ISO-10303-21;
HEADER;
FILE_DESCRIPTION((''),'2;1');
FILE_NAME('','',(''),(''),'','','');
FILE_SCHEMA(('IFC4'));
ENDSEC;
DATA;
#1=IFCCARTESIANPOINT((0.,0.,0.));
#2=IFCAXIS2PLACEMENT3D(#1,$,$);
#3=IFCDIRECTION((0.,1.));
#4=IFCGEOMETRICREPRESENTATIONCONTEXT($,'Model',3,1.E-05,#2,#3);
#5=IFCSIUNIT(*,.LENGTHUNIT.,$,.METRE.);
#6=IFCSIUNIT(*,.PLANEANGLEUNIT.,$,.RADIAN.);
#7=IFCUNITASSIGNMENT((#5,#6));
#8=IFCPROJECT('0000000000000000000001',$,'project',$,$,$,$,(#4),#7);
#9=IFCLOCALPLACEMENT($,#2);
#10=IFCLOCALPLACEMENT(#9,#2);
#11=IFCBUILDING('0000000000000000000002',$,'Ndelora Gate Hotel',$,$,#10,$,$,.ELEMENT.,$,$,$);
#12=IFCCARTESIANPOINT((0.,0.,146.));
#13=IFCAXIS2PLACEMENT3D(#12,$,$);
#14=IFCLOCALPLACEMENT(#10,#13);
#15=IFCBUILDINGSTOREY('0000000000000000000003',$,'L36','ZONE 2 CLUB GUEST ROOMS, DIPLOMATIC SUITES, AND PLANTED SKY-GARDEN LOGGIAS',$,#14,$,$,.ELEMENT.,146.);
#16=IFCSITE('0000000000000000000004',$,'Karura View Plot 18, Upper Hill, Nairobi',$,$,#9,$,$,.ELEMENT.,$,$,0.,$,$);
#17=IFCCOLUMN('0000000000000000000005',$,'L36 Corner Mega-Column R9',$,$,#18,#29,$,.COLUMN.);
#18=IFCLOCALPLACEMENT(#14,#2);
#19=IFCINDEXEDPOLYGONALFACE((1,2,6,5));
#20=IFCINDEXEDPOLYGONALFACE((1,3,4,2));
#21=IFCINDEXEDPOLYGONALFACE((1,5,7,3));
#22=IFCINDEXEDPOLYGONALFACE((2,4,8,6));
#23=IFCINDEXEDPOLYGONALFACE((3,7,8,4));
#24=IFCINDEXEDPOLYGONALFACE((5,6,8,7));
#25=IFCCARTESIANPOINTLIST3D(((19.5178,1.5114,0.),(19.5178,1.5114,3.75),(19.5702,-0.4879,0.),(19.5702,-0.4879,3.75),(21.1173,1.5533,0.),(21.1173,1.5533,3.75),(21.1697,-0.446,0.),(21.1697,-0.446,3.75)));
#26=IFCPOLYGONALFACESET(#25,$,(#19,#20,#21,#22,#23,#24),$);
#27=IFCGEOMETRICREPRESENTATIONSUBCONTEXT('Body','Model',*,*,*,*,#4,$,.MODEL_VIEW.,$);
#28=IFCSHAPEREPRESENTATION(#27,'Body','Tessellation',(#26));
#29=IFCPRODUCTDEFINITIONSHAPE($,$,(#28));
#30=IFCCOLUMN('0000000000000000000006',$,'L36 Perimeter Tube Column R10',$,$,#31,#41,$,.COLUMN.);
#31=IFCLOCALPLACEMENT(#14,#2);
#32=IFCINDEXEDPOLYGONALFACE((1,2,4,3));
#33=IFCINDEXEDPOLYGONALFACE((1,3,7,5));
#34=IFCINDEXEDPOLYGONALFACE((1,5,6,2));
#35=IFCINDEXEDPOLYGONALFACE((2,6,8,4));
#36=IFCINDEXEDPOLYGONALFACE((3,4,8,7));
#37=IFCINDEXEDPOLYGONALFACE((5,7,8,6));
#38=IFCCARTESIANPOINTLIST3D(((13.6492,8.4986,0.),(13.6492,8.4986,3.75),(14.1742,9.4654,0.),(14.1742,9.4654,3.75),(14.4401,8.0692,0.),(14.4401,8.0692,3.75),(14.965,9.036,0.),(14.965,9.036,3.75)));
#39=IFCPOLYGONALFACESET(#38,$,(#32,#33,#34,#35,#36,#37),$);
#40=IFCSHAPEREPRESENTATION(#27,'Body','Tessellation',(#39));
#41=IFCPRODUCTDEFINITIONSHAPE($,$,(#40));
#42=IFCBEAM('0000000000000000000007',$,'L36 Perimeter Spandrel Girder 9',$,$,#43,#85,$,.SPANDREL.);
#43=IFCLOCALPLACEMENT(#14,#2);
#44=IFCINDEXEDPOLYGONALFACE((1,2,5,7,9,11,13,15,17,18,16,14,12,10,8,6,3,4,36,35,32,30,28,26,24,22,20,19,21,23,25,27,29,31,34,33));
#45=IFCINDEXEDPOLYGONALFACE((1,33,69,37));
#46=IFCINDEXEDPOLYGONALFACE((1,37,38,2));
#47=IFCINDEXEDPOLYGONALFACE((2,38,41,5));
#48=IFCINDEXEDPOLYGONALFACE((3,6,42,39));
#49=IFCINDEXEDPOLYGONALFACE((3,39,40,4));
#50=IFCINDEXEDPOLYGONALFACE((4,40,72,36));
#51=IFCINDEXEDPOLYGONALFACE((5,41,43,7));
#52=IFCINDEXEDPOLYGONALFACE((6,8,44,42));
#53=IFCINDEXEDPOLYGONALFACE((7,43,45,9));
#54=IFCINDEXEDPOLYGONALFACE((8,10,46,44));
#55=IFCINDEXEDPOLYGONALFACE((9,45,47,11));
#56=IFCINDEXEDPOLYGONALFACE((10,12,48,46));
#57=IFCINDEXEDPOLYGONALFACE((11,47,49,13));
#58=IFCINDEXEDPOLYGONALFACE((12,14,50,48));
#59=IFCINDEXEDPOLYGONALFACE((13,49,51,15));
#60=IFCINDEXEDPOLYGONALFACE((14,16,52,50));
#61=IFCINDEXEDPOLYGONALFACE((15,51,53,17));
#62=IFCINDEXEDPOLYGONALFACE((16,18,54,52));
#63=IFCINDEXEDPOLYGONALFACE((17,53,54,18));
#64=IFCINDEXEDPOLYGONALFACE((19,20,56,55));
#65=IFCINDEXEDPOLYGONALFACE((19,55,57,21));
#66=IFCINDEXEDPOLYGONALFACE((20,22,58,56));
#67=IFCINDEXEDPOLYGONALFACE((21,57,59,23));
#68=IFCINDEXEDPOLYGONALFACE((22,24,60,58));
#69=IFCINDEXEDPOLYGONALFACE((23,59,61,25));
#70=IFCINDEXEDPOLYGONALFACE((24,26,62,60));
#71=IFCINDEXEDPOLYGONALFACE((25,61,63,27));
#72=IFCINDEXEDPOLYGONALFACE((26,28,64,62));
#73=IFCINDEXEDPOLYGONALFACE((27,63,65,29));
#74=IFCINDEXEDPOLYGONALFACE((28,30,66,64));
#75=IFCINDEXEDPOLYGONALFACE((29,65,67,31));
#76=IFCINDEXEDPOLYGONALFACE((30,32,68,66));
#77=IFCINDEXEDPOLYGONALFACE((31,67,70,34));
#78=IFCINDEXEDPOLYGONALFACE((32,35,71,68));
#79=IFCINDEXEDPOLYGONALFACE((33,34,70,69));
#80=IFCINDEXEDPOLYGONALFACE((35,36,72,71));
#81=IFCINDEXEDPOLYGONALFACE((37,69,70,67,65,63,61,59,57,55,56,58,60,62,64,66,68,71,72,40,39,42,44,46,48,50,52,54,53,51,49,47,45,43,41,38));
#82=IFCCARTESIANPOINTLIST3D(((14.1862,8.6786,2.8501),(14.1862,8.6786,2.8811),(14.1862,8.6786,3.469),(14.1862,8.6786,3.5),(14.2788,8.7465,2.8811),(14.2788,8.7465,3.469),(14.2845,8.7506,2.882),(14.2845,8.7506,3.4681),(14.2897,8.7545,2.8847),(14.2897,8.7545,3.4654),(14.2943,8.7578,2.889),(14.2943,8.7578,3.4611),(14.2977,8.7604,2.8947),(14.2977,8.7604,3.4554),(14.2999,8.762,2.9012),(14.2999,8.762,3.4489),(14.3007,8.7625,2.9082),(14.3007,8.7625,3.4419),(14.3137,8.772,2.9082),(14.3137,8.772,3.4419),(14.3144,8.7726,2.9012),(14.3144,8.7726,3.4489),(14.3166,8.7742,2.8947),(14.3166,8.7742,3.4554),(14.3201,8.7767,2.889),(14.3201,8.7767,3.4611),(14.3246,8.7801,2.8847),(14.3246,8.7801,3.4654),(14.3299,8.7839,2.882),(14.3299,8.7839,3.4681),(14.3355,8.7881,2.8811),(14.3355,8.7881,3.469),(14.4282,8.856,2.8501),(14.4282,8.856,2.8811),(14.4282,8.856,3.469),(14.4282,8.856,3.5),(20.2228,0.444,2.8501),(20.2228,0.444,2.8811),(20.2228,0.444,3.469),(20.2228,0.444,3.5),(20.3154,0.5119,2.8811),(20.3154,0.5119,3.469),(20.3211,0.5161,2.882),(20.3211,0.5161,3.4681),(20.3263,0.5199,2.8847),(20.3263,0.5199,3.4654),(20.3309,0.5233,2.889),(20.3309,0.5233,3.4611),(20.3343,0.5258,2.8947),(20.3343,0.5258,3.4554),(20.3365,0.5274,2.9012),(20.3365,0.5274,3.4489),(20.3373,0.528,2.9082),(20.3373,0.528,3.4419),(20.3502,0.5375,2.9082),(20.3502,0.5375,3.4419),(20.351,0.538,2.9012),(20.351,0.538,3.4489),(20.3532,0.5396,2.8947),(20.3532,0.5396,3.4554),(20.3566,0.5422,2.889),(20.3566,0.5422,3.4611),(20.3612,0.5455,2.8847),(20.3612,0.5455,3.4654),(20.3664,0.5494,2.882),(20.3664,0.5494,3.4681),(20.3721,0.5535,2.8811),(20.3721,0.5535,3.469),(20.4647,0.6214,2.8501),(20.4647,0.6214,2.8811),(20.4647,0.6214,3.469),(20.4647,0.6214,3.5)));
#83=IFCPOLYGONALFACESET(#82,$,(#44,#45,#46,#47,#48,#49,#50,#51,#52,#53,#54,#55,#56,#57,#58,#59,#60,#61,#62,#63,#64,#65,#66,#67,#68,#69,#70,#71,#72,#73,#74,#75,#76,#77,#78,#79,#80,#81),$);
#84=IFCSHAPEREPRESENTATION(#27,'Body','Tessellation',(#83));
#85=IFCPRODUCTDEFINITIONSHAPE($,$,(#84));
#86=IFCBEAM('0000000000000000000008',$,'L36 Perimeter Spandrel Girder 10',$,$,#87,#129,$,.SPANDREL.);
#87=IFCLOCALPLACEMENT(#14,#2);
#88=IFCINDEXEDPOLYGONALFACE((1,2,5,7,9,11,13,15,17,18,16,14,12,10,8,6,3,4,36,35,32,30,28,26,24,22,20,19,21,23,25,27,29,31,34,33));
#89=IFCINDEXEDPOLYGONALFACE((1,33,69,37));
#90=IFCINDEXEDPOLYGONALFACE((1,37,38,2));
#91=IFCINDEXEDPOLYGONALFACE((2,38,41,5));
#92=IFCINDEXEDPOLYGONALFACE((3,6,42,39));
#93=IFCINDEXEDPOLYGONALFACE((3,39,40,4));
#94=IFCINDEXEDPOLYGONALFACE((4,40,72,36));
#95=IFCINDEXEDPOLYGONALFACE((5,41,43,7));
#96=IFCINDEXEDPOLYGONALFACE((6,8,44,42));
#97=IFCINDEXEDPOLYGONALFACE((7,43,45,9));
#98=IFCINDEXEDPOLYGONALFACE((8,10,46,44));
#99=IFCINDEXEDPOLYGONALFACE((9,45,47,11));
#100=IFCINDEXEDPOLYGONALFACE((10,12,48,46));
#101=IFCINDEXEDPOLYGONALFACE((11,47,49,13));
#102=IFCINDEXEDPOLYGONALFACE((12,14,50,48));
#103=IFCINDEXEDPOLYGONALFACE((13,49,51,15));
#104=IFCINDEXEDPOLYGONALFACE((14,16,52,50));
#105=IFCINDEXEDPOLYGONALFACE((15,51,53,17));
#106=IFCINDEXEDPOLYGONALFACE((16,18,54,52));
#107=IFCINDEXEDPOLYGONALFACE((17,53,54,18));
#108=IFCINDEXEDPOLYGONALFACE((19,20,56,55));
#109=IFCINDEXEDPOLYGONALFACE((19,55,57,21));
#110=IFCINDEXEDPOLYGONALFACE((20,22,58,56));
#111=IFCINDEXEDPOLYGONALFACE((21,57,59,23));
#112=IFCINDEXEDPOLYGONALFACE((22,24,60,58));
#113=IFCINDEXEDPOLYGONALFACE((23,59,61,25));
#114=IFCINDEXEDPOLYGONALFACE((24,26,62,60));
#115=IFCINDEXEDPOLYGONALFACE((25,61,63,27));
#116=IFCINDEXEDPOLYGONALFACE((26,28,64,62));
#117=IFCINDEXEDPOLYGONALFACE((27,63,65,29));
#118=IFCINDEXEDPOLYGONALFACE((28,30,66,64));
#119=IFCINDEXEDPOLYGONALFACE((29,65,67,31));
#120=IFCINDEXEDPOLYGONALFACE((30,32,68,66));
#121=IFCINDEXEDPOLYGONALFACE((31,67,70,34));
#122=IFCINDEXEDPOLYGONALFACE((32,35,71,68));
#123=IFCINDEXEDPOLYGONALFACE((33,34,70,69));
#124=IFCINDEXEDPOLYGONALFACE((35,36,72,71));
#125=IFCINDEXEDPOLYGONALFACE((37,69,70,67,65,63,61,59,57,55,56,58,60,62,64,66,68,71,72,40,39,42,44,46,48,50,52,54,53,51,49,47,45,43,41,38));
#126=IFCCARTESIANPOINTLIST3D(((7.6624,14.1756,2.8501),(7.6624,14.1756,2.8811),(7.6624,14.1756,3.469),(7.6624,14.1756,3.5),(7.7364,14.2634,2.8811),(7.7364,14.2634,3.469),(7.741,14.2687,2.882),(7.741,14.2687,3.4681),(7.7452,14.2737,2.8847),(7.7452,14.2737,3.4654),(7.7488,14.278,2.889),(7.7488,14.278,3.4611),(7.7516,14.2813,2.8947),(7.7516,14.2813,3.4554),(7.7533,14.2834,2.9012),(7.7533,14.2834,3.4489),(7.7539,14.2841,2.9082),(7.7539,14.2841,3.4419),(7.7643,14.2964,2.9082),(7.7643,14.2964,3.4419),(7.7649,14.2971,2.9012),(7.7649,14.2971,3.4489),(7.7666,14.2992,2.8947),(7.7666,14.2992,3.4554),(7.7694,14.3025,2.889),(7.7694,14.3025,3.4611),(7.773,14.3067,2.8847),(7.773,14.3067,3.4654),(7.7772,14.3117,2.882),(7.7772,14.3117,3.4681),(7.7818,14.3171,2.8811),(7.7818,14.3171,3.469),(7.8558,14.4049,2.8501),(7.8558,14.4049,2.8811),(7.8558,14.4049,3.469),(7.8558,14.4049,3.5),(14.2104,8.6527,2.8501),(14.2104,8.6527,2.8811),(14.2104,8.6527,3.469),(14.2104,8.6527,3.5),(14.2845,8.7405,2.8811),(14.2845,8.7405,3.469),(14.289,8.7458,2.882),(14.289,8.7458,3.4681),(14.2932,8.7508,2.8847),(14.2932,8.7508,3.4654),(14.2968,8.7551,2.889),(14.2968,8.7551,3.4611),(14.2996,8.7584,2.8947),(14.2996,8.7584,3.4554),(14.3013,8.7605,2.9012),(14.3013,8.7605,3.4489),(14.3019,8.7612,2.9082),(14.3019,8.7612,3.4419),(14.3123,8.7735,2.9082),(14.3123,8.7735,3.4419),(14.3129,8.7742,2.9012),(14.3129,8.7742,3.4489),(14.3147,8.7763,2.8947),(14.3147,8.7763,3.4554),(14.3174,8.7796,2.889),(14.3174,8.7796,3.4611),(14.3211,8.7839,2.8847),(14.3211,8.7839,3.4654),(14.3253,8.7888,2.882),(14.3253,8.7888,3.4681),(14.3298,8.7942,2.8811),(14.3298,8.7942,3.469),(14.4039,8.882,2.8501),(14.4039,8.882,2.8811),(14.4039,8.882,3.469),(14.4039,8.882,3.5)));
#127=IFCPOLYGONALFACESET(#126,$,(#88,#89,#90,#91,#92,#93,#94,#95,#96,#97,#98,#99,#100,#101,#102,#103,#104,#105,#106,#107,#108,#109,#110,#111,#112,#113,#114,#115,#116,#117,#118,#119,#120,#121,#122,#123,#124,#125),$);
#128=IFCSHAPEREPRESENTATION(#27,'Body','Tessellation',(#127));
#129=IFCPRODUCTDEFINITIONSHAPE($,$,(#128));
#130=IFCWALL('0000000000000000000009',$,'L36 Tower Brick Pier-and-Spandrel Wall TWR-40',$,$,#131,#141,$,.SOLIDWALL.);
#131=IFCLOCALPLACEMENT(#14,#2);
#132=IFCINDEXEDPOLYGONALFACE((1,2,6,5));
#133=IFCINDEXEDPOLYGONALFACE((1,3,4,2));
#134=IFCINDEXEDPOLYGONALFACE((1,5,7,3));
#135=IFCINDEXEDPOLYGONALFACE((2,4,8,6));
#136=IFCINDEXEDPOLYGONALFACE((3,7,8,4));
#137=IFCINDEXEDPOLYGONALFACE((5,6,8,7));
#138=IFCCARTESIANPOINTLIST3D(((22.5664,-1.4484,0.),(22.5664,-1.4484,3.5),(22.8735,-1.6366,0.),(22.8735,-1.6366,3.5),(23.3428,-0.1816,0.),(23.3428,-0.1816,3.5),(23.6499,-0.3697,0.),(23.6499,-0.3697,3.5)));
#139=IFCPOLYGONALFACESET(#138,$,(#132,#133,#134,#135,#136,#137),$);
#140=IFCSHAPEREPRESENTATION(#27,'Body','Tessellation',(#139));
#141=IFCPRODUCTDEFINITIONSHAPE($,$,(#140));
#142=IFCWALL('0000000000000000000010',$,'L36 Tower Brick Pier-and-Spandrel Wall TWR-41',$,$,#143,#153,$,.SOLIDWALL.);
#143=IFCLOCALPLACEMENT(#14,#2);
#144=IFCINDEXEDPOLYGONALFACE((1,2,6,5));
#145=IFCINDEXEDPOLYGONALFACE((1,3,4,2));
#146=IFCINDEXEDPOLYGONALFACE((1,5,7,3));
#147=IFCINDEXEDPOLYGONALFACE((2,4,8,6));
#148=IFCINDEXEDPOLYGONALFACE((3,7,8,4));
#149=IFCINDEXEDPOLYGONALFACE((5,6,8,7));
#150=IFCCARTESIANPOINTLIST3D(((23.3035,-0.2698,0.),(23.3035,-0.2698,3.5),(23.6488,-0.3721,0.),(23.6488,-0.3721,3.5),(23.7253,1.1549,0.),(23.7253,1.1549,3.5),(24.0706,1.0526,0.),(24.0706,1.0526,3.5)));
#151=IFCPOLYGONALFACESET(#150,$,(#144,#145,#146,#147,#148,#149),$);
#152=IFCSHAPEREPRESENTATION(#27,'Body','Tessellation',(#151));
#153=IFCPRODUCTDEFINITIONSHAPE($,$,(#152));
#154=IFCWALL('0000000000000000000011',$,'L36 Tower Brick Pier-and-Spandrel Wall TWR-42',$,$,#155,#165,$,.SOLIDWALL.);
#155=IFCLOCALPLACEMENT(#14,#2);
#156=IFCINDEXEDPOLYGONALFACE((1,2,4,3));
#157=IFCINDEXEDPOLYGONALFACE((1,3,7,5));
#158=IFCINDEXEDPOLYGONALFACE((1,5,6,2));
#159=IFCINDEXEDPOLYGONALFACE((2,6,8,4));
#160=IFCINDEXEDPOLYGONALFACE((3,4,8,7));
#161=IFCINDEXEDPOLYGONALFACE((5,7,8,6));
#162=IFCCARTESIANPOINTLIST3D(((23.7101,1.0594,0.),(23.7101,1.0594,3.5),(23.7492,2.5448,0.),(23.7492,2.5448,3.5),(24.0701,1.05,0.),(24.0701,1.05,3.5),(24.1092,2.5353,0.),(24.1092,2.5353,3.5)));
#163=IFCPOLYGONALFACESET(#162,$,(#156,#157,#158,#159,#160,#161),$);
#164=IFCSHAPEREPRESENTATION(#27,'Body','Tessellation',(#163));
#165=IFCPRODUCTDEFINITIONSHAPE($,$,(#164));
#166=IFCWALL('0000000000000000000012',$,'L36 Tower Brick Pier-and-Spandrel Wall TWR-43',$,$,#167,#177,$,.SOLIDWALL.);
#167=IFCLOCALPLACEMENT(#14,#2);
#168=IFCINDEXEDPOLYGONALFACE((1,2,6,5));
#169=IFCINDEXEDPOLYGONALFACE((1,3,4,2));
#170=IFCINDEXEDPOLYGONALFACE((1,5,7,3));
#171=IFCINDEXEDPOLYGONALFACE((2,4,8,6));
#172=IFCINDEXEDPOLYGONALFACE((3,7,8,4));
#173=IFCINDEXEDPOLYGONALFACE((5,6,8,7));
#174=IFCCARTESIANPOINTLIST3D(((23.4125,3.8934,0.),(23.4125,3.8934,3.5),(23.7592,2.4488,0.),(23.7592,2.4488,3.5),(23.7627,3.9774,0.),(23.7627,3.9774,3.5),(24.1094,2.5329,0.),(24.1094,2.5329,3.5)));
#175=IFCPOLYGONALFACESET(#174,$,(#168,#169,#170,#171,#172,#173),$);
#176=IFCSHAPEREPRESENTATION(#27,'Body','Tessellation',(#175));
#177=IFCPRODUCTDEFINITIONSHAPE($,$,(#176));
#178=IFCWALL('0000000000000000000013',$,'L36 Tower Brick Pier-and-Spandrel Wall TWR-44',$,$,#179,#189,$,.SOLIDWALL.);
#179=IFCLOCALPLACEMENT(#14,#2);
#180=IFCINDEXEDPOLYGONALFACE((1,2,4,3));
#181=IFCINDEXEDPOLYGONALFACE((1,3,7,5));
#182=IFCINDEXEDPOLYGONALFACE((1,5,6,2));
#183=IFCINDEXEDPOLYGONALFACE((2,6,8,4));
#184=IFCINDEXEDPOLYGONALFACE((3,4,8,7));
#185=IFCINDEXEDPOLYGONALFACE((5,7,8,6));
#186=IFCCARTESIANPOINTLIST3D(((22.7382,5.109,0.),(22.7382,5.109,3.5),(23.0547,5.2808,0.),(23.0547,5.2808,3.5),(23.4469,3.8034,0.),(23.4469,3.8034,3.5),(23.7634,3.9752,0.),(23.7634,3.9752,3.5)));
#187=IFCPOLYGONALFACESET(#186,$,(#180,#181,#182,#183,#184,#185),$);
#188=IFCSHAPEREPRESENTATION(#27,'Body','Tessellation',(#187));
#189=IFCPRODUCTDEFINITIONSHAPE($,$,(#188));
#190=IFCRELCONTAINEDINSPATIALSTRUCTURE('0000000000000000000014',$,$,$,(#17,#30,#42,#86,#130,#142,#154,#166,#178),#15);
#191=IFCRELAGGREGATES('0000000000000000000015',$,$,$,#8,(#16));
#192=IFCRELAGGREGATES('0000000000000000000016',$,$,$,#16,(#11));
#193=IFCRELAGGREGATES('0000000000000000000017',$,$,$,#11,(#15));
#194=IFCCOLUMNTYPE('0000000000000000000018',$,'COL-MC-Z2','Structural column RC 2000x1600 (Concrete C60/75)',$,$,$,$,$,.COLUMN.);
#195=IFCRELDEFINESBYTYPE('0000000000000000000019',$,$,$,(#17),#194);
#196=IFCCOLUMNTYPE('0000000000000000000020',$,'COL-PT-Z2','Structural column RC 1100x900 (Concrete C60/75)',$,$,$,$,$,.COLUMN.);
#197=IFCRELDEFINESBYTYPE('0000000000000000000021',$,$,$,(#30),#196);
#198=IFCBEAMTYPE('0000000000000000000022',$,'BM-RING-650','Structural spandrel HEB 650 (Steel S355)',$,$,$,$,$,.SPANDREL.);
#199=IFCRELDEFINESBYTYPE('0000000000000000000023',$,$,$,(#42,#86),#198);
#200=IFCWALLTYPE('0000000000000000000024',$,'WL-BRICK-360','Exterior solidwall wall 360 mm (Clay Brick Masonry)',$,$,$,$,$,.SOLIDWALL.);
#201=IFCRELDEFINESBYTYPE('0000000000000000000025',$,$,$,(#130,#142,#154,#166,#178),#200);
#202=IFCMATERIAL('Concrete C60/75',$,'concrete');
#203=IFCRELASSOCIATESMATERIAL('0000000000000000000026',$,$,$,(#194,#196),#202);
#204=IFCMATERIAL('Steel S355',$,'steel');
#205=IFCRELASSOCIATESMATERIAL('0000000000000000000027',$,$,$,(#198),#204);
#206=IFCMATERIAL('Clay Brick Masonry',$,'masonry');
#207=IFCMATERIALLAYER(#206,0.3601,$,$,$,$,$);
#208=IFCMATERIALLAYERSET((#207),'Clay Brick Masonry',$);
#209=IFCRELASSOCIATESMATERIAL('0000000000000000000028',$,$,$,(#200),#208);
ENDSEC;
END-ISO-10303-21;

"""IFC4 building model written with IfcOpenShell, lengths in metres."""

from ifc_helpers import new_model, si_unit, direction, frame, frame_2d, origin, origin_2d, place, context, subcontext, project, spatial, rectangle, i_section, extrude, material, layer, layer_set, material_profile, profile_set, type_object, element, save


model = new_model("IFC4")

# Units and contexts
model_context = context("Model", 3, precision=1e-05, world=origin(), true_north=direction((0.0, 1.0)))
body_context = subcontext(model_context, "Body", "Model", "MODEL_VIEW")
ifc_project = project(units=[si_unit("LENGTHUNIT", "METRE"), si_unit("PLANEANGLEUNIT", "RADIAN")], contexts=[model_context])

# Site, building, storey
site_placement = place(None, origin())
site = spatial("IfcSite", under=ifc_project, at=site_placement, Name="Karura View Plot 18, Upper Hill, Nairobi", CompositionType="ELEMENT", RefElevation=0.0)
building_placement = place(site_placement, origin())
building = spatial("IfcBuilding", under=site, at=building_placement, Name="Ndelora Gate Hotel", CompositionType="ELEMENT")
storey_placement = place(building_placement, frame((0.0, 0.0, 146.0)))
storey = spatial("IfcBuildingStorey", under=building, at=storey_placement, Name="L36", Description="ZONE 2 CLUB GUEST ROOMS, DIPLOMATIC SUITES, AND PLANTED SKY-GARDEN LOGGIAS", CompositionType="ELEMENT", Elevation=146.0)

# Columns
ifc_material_1 = material(Name="Concrete C60/75", Category="concrete")
ifc_material_profile_1 = material_profile(ifc_material_1, rectangle(XDim=1.6001, YDim=2.0, at=origin_2d()), Name="RC 2000x1600")
ifc_profile_set_1 = profile_set([ifc_material_profile_1], Name="Concrete C60/75")
column_type_1 = type_object("IfcColumnType", Name="COL-MC-Z2", Description="Structural column RC 2000x1600 (Concrete C60/75)", PredefinedType="COLUMN", material=ifc_profile_set_1)
column_1_placement = place(storey_placement, frame((20.3438, 0.5327, 0.0), z_axis=(0.0, 0.0, 1.0), x_axis=(0.999657, 0.026177, 0.0)))
element("IfcColumn", 1, at=column_1_placement, inside=storey, type_object=column_type_1, Name="L36 Corner Mega-Column R9", PredefinedType="COLUMN", context=body_context, shape_type="SweptSolid", body=[
    extrude(rectangle(XDim=1.6001, YDim=2.0, at=origin_2d()), origin(), (0.0, 0.0, 1.0), 3.75),
])
ifc_material_profile_2 = material_profile(ifc_material_1, rectangle(XDim=0.8999, YDim=1.1001, at=origin_2d()), Name="RC 1100x900")
ifc_profile_set_2 = profile_set([ifc_material_profile_2], Name="Concrete C60/75")
column_type_2 = type_object("IfcColumnType", Name="COL-PT-Z2", Description="Structural column RC 1100x900 (Concrete C60/75)", PredefinedType="COLUMN", material=ifc_profile_set_2)
column_2_placement = place(storey_placement, frame((14.3071, 8.7673, 0.0), z_axis=(0.0, 0.0, 1.0), x_axis=(-0.878817, 0.477159, 0.0)))
element("IfcColumn", 2, at=column_2_placement, inside=storey, type_object=column_type_2, Name="L36 Perimeter Tube Column R10", PredefinedType="COLUMN", context=body_context, shape_type="SweptSolid", body=[
    extrude(rectangle(XDim=0.8999, YDim=1.1001, at=origin_2d()), origin(), (0.0, 0.0, 1.0), 3.75),
])

# Beams
ifc_material_2 = material(Name="Steel S355", Category="steel")
ifc_material_profile_3 = material_profile(ifc_material_2, i_section(OverallWidth=0.3, OverallDepth=0.6499, WebThickness=0.0161, FlangeThickness=0.031, FilletRadius=0.0271, at=origin_2d()), Name="HEB 650")
ifc_profile_set_3 = profile_set([ifc_material_profile_3], Name="Steel S355")
beam_type = type_object("IfcBeamType", Name="BM-RING-650", Description="Structural spandrel HEB 650 (Steel S355)", PredefinedType="SPANDREL", material=ifc_profile_set_3)
beam_1_placement = place(storey_placement, frame((20.3438, 0.5327, 3.175), z_axis=(-0.59123, 0.806503, 0.0), x_axis=(-0.806503, -0.59123, 0.0)))
element("IfcBeam", 3, at=beam_1_placement, inside=storey, type_object=beam_type, Name="L36 Perimeter Spandrel Girder 9", PredefinedType="SPANDREL", context=body_context, shape_type="SweptSolid", body=[
    extrude(i_section(OverallWidth=0.3, OverallDepth=0.6499, WebThickness=0.0161, FlangeThickness=0.031, FilletRadius=0.0271, at=origin_2d()), origin(), (0.0, 0.0, 1.0), 10.2102),
])
beam_2_placement = place(storey_placement, frame((14.3071, 8.7673, 3.175), z_axis=(-0.764407, 0.644734, 0.0), x_axis=(-0.644734, -0.764407, 0.0)))
element("IfcBeam", 4, at=beam_2_placement, inside=storey, type_object=beam_type, Name="L36 Perimeter Spandrel Girder 10", PredefinedType="SPANDREL", context=body_context, shape_type="SweptSolid", body=[
    extrude(i_section(OverallWidth=0.3, OverallDepth=0.6499, WebThickness=0.0161, FlangeThickness=0.031, FilletRadius=0.0271, at=origin_2d()), origin(), (0.0, 0.0, 1.0), 8.5662),
])

# Walls
ifc_material_3 = material(Name="Clay Brick Masonry", Category="masonry")
ifc_layer_1 = layer(ifc_material_3, 0.3601)
ifc_layer_set_1 = layer_set([ifc_layer_1], Name="Clay Brick Masonry")
wall_type = type_object("IfcWallType", Name="WL-BRICK-360", Description="Exterior solidwall wall 360 mm (Clay Brick Masonry)", PredefinedType="SOLIDWALL", material=ifc_layer_set_1)
for number, where, z_axis, x_axis, name in (
    (5, (23.4963, -0.2756, 0.0), (0.0, 0.0, 1.0), (-0.52252, -0.852627, 0.0), "L36 Tower Brick Pier-and-Spandrel Wall TWR-40"),
    (6, (23.8979, 1.1038, 0.0), (0.0, 0.0, 1.0), (-0.283909, -0.958851, 0.0), "L36 Tower Brick Pier-and-Spandrel Wall TWR-41"),
    (7, (23.9292, 2.54, 0.0), (0.0, 0.0, 1.0), (-0.026289, -0.999654, 0.0), "L36 Tower Brick Pier-and-Spandrel Wall TWR-42"),
):
    element("IfcWall", number, at=place(storey_placement, frame(where, z_axis=z_axis, x_axis=x_axis)), inside=storey, type_object=wall_type, Name=name, PredefinedType="SOLIDWALL", context=body_context, shape_type="SweptSolid", body=[
        extrude(rectangle(XDim=1.4858, YDim=0.3601, at=frame_2d((0.7429, 0.0))), origin(), (0.0, 0.0, 1.0), 3.5),
    ])
for number, where, z_axis, x_axis, name in (
    (8, (23.5876, 3.9353, 0.0), (0.0, 0.0, 1.0), (0.233361, -0.97239, 0.0), "L36 Tower Brick Pier-and-Spandrel Wall TWR-43"),
    (9, (22.8965, 5.1948, 0.0), (0.0, 0.0, 1.0), (0.477066, -0.878867, 0.0), "L36 Tower Brick Pier-and-Spandrel Wall TWR-44"),
):
    element("IfcWall", number, at=place(storey_placement, frame(where, z_axis=z_axis, x_axis=x_axis)), inside=storey, type_object=wall_type, Name=name, PredefinedType="SOLIDWALL", context=body_context, shape_type="SweptSolid", body=[
        extrude(rectangle(XDim=1.4856, YDim=0.3601, at=frame_2d((0.7427, 0.0))), origin(), (0.0, 0.0, 1.0), 3.5),
    ])

save(model, "model.ifc")
